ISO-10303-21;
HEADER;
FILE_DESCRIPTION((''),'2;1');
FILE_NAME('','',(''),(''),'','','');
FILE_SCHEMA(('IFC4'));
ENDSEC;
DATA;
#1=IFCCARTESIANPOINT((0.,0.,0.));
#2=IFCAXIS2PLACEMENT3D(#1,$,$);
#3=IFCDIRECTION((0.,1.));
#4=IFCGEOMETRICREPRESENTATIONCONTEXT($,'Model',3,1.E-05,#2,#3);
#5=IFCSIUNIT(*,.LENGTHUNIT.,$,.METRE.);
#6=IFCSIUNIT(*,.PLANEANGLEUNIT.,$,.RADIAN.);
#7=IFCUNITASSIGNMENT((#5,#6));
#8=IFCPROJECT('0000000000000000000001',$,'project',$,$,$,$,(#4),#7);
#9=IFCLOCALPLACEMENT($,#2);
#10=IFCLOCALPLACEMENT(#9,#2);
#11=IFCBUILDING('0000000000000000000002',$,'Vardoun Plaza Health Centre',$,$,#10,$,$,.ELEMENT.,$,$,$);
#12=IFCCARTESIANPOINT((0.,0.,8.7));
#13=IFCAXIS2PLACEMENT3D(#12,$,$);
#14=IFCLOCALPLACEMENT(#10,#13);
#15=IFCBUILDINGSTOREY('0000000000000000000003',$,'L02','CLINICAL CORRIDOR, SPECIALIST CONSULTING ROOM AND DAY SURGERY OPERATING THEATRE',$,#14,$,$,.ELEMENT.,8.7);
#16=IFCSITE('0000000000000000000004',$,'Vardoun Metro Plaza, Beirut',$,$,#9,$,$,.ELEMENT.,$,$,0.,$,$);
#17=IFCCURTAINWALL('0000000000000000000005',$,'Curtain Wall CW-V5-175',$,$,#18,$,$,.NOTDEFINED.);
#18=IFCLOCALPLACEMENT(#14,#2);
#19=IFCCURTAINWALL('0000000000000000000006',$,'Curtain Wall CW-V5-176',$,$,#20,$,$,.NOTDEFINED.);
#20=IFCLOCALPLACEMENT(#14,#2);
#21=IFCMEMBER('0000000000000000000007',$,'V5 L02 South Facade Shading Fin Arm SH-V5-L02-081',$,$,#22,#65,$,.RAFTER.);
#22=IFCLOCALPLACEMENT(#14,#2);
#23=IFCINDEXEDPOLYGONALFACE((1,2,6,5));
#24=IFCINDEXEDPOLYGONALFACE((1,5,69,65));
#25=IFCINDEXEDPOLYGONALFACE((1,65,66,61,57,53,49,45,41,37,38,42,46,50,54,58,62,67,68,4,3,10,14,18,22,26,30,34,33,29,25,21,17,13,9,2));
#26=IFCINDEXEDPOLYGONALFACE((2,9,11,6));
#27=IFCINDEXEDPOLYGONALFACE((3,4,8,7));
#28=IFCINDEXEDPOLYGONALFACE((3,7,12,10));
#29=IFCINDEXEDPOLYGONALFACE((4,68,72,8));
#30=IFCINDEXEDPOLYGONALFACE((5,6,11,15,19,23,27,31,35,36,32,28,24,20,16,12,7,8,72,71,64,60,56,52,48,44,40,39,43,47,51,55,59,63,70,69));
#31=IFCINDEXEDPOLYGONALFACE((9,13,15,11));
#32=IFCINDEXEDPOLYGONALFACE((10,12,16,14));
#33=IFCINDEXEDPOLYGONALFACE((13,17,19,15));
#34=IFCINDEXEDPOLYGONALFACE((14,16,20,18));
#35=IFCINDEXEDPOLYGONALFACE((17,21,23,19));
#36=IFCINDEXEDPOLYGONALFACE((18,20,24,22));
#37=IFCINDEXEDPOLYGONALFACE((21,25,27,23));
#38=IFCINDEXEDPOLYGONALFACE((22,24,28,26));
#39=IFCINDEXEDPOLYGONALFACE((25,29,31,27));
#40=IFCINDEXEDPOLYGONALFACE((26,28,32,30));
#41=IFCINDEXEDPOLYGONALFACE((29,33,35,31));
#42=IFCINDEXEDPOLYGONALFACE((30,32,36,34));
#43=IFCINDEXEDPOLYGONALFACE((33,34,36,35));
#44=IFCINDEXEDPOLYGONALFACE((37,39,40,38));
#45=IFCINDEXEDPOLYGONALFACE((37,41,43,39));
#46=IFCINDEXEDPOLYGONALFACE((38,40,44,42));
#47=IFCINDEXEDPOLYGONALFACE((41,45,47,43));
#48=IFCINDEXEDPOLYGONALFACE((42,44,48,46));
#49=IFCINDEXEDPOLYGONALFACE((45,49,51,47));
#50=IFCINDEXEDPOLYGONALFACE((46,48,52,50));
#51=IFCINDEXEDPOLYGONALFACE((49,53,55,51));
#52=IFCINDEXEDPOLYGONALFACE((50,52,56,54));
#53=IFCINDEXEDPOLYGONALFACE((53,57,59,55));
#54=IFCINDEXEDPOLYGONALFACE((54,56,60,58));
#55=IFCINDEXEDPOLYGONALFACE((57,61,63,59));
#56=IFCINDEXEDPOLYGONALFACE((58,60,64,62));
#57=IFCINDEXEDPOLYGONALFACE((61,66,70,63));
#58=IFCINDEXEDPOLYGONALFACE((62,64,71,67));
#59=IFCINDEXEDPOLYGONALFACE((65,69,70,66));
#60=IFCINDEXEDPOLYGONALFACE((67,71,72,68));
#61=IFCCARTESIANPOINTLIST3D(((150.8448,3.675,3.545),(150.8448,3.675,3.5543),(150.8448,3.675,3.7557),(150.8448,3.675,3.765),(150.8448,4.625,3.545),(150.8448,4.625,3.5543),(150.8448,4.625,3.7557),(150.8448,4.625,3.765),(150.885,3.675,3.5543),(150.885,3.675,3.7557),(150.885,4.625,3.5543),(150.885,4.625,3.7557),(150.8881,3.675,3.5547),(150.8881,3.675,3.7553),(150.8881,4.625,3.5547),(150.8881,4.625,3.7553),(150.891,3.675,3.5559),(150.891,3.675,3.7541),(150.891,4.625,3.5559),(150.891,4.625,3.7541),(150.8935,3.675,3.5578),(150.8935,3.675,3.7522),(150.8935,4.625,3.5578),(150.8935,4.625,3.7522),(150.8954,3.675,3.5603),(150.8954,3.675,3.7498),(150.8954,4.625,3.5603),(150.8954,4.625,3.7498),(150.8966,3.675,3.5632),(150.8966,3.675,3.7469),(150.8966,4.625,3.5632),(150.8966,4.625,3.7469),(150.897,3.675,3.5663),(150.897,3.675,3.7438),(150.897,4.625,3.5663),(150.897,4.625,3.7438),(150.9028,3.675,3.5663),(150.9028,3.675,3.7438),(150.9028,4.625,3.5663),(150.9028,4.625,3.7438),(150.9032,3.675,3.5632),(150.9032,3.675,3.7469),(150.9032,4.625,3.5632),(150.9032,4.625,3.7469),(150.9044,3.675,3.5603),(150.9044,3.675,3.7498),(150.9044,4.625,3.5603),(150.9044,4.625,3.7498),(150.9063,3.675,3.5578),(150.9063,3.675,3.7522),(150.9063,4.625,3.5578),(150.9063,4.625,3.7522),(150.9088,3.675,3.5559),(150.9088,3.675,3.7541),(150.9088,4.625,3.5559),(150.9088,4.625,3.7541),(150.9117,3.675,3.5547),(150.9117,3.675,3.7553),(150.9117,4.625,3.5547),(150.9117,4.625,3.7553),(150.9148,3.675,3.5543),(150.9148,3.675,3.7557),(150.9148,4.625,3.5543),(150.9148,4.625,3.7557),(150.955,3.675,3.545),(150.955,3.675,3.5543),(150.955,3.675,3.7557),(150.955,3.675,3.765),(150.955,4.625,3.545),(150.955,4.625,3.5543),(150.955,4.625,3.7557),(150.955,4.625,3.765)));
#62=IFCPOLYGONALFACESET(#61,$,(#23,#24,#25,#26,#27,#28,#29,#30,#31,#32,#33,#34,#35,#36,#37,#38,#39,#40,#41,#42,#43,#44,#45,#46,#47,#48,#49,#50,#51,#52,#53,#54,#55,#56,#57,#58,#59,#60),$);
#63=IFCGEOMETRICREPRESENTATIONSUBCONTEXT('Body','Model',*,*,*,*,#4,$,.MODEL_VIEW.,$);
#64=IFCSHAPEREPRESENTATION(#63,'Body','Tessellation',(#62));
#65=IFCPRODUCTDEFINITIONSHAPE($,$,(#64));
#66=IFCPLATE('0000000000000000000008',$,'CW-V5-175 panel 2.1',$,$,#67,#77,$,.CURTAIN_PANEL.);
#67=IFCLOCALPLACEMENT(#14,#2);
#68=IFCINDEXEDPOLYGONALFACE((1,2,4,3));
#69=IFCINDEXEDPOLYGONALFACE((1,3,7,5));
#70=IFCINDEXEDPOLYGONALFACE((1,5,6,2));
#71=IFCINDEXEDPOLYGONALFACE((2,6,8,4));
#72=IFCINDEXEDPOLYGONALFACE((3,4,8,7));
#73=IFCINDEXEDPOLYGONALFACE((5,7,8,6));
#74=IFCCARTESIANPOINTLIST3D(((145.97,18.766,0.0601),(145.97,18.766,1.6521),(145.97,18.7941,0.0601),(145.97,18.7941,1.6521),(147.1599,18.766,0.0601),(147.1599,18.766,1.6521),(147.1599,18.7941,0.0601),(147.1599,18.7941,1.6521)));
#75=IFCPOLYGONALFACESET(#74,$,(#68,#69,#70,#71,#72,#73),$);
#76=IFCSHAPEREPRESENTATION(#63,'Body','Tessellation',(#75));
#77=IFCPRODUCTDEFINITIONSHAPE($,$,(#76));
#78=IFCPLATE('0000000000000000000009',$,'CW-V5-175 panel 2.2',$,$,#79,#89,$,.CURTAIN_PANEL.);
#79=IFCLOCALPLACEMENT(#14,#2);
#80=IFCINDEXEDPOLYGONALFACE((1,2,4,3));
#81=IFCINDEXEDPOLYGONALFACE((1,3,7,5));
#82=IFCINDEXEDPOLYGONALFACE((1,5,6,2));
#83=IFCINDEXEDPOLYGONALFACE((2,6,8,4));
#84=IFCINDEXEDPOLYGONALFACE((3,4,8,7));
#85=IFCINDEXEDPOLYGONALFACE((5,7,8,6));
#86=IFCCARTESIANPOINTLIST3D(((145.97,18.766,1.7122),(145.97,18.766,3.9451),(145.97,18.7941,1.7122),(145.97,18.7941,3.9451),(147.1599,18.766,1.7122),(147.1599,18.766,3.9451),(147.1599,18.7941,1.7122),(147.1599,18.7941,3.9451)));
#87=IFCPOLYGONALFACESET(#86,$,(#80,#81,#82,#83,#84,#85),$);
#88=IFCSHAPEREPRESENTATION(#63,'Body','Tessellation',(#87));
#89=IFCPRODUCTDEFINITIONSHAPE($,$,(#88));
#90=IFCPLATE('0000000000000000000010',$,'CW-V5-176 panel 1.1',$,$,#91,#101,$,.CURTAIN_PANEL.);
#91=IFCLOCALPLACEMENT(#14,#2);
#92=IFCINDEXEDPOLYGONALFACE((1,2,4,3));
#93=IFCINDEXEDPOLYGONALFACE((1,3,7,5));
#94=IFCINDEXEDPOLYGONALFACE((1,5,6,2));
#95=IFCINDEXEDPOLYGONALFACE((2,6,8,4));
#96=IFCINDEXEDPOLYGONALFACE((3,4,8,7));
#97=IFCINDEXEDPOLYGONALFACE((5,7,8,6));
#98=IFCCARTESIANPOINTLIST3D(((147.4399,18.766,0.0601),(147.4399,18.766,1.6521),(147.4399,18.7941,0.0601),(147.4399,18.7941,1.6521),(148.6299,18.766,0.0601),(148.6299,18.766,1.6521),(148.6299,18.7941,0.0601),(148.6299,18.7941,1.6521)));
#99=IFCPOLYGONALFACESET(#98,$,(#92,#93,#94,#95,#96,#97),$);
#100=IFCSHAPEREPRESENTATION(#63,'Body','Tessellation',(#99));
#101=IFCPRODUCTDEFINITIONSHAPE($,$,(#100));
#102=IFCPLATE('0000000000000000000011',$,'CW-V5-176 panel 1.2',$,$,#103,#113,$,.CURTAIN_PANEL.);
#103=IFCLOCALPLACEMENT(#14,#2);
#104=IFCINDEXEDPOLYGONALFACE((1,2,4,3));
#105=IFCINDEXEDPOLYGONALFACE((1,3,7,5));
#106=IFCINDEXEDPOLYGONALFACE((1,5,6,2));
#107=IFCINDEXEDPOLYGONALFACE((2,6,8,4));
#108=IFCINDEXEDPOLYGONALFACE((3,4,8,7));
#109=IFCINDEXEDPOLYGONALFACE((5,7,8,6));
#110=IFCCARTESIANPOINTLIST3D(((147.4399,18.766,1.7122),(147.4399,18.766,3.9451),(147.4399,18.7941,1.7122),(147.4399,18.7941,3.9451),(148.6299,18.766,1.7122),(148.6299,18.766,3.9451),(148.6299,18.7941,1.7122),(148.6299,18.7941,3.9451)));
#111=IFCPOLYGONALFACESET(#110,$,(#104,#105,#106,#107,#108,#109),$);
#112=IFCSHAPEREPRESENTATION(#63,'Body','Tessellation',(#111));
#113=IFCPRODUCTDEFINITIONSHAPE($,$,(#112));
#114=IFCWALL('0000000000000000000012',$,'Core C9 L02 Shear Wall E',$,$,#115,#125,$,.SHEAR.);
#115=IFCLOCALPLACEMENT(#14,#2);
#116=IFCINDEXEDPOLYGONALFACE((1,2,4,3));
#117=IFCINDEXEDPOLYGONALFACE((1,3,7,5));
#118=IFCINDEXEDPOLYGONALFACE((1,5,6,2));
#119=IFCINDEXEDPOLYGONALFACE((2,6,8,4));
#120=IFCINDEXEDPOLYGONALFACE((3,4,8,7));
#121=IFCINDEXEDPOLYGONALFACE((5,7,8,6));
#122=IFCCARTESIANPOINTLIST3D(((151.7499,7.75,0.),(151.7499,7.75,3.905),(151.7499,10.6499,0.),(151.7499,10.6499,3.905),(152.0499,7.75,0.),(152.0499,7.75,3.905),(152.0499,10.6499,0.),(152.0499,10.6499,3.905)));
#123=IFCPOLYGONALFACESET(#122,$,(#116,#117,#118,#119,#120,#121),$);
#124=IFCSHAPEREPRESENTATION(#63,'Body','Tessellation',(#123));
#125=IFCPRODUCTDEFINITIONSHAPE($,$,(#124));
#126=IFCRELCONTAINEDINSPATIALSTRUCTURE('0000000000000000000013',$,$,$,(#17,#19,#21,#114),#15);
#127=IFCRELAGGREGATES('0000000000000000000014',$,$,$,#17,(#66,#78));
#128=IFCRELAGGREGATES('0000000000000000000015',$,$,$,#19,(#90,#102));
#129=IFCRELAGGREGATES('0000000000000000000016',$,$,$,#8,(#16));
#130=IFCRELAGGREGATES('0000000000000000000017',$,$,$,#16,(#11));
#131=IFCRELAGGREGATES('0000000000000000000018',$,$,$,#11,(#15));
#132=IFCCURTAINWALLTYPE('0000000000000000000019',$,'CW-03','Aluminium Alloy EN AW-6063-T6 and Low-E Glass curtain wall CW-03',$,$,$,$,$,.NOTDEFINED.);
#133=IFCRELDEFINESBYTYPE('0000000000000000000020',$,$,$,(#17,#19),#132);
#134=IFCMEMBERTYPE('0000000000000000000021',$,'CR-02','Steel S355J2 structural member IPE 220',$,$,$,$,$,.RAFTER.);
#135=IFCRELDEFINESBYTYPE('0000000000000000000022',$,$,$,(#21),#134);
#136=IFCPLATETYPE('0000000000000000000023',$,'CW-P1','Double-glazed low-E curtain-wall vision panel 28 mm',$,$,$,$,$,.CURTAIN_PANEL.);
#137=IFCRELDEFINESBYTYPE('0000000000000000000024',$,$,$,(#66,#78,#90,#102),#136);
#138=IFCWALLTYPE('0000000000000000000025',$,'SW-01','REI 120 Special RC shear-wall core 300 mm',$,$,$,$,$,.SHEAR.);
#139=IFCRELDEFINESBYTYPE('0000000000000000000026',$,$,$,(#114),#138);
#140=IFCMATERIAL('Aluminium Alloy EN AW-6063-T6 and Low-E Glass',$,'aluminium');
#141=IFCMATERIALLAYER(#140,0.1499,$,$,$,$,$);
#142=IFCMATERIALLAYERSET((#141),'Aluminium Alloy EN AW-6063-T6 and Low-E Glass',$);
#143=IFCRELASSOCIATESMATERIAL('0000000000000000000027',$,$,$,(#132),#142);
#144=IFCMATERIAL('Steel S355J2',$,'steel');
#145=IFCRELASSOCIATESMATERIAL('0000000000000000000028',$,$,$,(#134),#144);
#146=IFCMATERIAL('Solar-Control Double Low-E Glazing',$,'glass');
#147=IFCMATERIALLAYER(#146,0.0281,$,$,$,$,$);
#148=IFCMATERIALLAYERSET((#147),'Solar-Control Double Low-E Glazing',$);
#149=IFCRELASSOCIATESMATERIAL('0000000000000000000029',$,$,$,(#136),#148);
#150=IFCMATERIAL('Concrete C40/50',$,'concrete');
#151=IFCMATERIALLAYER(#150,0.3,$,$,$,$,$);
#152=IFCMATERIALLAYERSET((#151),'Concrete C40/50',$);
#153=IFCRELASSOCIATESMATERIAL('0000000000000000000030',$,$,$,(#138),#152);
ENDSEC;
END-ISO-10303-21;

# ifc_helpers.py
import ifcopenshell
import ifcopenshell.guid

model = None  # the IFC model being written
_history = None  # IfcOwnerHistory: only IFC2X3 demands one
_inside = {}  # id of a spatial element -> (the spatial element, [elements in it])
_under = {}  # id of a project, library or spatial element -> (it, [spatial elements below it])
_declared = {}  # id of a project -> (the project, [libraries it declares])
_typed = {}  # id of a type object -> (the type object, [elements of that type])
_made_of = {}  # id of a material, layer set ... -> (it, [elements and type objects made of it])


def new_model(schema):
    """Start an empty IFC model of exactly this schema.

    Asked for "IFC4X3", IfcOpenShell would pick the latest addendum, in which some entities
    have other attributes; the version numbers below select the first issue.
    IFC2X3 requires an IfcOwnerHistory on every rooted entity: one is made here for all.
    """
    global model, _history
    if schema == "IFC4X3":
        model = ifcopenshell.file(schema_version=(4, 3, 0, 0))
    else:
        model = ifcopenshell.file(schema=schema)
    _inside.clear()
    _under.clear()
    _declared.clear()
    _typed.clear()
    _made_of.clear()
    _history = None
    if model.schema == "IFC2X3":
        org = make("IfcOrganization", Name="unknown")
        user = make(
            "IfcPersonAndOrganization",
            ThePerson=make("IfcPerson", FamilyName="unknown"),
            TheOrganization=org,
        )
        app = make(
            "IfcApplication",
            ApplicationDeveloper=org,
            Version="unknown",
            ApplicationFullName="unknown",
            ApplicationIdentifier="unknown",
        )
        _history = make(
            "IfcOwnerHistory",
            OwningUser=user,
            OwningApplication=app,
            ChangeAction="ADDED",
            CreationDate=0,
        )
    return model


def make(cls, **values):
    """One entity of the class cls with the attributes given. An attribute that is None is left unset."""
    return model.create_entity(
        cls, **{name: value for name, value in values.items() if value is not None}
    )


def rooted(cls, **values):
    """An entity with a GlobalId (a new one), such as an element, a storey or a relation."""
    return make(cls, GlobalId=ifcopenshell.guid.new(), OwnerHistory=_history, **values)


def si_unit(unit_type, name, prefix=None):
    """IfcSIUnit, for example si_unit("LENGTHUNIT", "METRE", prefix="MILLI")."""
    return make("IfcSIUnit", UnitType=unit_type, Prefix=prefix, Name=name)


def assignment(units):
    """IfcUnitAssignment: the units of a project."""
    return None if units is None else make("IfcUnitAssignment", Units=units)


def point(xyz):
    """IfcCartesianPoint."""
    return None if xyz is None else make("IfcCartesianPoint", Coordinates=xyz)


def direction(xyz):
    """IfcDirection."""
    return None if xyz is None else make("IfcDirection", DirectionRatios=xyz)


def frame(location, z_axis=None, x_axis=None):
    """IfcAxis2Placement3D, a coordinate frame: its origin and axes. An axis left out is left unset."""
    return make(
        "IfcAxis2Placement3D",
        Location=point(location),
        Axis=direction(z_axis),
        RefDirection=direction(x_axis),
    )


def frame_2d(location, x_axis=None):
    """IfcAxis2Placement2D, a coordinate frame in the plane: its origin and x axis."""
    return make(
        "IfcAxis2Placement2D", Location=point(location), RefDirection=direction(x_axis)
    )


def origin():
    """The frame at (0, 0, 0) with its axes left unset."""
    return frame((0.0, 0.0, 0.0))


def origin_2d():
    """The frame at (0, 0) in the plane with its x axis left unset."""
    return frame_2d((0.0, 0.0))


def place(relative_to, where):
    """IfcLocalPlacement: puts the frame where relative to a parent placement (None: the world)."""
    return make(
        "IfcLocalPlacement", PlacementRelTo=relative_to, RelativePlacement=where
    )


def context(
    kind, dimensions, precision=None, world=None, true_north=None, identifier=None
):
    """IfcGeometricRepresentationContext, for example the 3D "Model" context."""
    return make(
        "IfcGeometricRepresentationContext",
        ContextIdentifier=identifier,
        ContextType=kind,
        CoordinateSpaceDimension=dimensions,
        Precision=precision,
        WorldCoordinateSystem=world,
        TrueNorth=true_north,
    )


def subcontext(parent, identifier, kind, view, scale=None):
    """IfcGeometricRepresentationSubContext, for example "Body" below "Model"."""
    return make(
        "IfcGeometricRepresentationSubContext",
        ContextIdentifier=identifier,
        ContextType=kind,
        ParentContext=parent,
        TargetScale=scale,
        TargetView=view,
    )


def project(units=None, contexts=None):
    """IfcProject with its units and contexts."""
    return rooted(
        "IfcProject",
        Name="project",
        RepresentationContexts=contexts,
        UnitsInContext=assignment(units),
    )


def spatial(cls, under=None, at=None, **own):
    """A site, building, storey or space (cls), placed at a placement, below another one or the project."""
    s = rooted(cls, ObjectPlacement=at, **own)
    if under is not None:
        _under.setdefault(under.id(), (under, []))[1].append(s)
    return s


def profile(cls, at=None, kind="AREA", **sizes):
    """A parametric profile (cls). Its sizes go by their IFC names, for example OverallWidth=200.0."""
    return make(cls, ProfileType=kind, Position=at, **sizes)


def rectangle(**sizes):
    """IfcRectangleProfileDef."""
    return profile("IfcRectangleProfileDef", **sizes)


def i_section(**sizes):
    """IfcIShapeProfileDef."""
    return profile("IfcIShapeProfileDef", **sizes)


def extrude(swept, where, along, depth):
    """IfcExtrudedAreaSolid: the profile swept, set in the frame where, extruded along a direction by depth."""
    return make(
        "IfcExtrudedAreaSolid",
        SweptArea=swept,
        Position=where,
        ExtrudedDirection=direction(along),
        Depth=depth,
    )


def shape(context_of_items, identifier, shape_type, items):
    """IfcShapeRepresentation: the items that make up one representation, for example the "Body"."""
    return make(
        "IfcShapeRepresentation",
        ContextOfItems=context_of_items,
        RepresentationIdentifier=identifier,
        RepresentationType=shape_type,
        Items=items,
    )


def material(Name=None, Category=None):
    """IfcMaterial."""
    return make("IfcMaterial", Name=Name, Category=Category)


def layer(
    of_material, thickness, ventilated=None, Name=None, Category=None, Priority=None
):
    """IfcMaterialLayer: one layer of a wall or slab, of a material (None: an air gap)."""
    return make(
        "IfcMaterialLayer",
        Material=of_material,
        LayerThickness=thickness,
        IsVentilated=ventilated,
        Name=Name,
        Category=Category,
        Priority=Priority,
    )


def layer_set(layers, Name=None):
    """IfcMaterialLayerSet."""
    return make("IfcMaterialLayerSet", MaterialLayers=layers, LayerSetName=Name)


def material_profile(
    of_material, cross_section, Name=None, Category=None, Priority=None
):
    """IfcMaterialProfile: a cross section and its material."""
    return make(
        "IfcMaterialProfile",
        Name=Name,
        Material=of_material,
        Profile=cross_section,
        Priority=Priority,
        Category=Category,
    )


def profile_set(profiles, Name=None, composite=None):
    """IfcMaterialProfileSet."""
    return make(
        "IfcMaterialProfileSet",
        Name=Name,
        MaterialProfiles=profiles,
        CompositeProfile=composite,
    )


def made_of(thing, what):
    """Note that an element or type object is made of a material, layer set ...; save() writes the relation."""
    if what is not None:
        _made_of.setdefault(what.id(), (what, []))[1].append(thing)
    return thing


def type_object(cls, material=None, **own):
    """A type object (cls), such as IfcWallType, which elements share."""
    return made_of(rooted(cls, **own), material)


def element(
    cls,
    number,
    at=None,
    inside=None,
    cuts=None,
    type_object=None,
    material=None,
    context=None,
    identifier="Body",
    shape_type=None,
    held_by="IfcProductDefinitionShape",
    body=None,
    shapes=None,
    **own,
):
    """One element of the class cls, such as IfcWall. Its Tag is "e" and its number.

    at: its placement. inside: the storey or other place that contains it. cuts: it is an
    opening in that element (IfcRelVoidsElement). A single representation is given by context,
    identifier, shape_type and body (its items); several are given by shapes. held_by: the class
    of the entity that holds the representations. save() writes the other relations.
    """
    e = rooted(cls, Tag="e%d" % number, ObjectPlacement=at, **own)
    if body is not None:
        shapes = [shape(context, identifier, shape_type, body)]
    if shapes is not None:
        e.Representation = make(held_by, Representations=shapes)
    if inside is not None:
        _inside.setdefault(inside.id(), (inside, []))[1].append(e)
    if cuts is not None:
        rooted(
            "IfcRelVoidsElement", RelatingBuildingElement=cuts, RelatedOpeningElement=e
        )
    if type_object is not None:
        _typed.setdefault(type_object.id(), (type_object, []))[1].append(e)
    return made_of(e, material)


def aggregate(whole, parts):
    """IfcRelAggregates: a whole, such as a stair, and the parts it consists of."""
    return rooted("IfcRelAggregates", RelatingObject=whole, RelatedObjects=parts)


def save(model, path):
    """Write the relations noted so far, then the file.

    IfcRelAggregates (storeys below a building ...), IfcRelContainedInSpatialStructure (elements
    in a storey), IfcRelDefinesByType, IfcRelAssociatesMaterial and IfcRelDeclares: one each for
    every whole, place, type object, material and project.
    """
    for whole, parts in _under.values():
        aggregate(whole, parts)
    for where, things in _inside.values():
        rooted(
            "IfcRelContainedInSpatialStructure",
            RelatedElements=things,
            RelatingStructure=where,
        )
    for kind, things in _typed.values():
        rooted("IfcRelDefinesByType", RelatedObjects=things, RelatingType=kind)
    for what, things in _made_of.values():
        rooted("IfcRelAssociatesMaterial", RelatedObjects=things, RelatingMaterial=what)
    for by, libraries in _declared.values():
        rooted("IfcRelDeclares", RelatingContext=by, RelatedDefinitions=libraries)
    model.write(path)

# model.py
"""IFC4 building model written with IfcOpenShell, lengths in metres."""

from ifc_helpers import new_model, si_unit, direction, frame, frame_2d, origin, origin_2d, place, context, subcontext, project, spatial, rectangle, i_section, extrude, material, layer, layer_set, material_profile, profile_set, type_object, element, aggregate, save


model = new_model("IFC4")

# Units and contexts
model_context = context("Model", 3, precision=1e-05, world=origin(), true_north=direction((0.0, 1.0)))
body_context = subcontext(model_context, "Body", "Model", "MODEL_VIEW")
ifc_project = project(units=[si_unit("LENGTHUNIT", "METRE"), si_unit("PLANEANGLEUNIT", "RADIAN")], contexts=[model_context])

# Site, building, storey
site_placement = place(None, origin())
site = spatial("IfcSite", under=ifc_project, at=site_placement, Name="Vardoun Metro Plaza, Beirut", CompositionType="ELEMENT", RefElevation=0.0)
building_placement = place(site_placement, origin())
building = spatial("IfcBuilding", under=site, at=building_placement, Name="Vardoun Plaza Health Centre", CompositionType="ELEMENT")
storey_placement = place(building_placement, frame((0.0, 0.0, 8.7)))
storey = spatial("IfcBuildingStorey", under=building, at=storey_placement, Name="L02", Description="CLINICAL CORRIDOR, SPECIALIST CONSULTING ROOM AND DAY SURGERY OPERATING THEATRE", CompositionType="ELEMENT", Elevation=8.7)

# Curtain wall
ifc_material_1 = material(Name="Aluminium Alloy EN AW-6063-T6 and Low-E Glass", Category="aluminium")
ifc_layer_1 = layer(ifc_material_1, 0.1499)
ifc_layer_set_1 = layer_set([ifc_layer_1], Name="Aluminium Alloy EN AW-6063-T6 and Low-E Glass")
curtain_wall_type = type_object("IfcCurtainWallType", Name="CW-03", Description="Aluminium Alloy EN AW-6063-T6 and Low-E Glass curtain wall CW-03", PredefinedType="NOTDEFINED", material=ifc_layer_set_1)
curtain_wall_1_placement = place(storey_placement, origin())
curtain_wall_1 = element("IfcCurtainWall", 1, at=curtain_wall_1_placement, inside=storey, type_object=curtain_wall_type, Name="Curtain Wall CW-V5-175", PredefinedType="NOTDEFINED")

# Curtain wall
curtain_wall_2_placement = place(storey_placement, origin())
curtain_wall_2 = element("IfcCurtainWall", 2, at=curtain_wall_2_placement, inside=storey, type_object=curtain_wall_type, Name="Curtain Wall CW-V5-176", PredefinedType="NOTDEFINED")

# Member
ifc_material_2 = material(Name="Steel S355J2", Category="steel")
ifc_material_profile_1 = material_profile(ifc_material_2, i_section(OverallWidth=0.1101, OverallDepth=0.22, WebThickness=0.0059, FlangeThickness=0.0093, FilletRadius=0.012, at=origin_2d()), Name="IPE 220")
ifc_profile_set_1 = profile_set([ifc_material_profile_1], Name="Steel S355J2")
member_type_1 = type_object("IfcMemberType", Name="CR-02", Description="Steel S355J2 structural member IPE 220", PredefinedType="RAFTER", material=ifc_profile_set_1)
member_1_placement = place(storey_placement, frame((150.8999, 4.625, 3.655), z_axis=(0.0, -1.0, 0.0), x_axis=(1.0, 0.0, 0.0)))
element("IfcMember", 3, at=member_1_placement, inside=storey, type_object=member_type_1, Name="V5 L02 South Facade Shading Fin Arm SH-V5-L02-081", PredefinedType="RAFTER", context=body_context, shape_type="SweptSolid", body=[
    extrude(i_section(OverallWidth=0.1101, OverallDepth=0.22, WebThickness=0.0059, FlangeThickness=0.0093, FilletRadius=0.012, at=origin_2d()), origin(), (0.0, 0.0, 1.0), 0.95),
])

# Plates
ifc_material_3 = material(Name="Solar-Control Double Low-E Glazing", Category="glass")
ifc_layer_2 = layer(ifc_material_3, 0.0281)
ifc_layer_set_2 = layer_set([ifc_layer_2], Name="Solar-Control Double Low-E Glazing")
plate_type = type_object("IfcPlateType", Name="CW-P1", Description="Double-glazed low-E curtain-wall vision panel 28 mm", PredefinedType="CURTAIN_PANEL", material=ifc_layer_set_2)
plate_1_placement = place(storey_placement, frame((146.5649, 18.78, 0.0601), z_axis=(0.0, 0.0, 1.0), x_axis=(1.0, 0.0, 0.0)))
plate_1 = element("IfcPlate", 4, at=plate_1_placement, type_object=plate_type, Name="CW-V5-175 panel 2.1", PredefinedType="CURTAIN_PANEL", context=body_context, shape_type="SweptSolid", body=[
    extrude(rectangle(XDim=1.1899, YDim=0.0281, at=origin_2d()), origin(), (0.0, 0.0, 1.0), 1.592),
])
plate_2_placement = place(storey_placement, frame((146.5649, 18.78, 1.7122), z_axis=(0.0, 0.0, 1.0), x_axis=(1.0, 0.0, 0.0)))
plate_2 = element("IfcPlate", 5, at=plate_2_placement, type_object=plate_type, Name="CW-V5-175 panel 2.2", PredefinedType="CURTAIN_PANEL", context=body_context, shape_type="SweptSolid", body=[
    extrude(rectangle(XDim=1.1899, YDim=0.0281, at=origin_2d()), origin(), (0.0, 0.0, 1.0), 2.2329),
])
aggregate(curtain_wall_1, [plate_1, plate_2])
plate_3_placement = place(storey_placement, frame((148.0349, 18.78, 0.0601), z_axis=(0.0, 0.0, 1.0), x_axis=(1.0, 0.0, 0.0)))
plate_3 = element("IfcPlate", 6, at=plate_3_placement, type_object=plate_type, Name="CW-V5-176 panel 1.1", PredefinedType="CURTAIN_PANEL", context=body_context, shape_type="SweptSolid", body=[
    extrude(rectangle(XDim=1.1899, YDim=0.0281, at=origin_2d()), origin(), (0.0, 0.0, 1.0), 1.592),
])
plate_4_placement = place(storey_placement, frame((148.0349, 18.78, 1.7122), z_axis=(0.0, 0.0, 1.0), x_axis=(1.0, 0.0, 0.0)))
plate_4 = element("IfcPlate", 7, at=plate_4_placement, type_object=plate_type, Name="CW-V5-176 panel 1.2", PredefinedType="CURTAIN_PANEL", context=body_context, shape_type="SweptSolid", body=[
    extrude(rectangle(XDim=1.1899, YDim=0.0281, at=origin_2d()), origin(), (0.0, 0.0, 1.0), 2.2329),
])
aggregate(curtain_wall_2, [plate_3, plate_4])

# Wall
ifc_material_4 = material(Name="Concrete C40/50", Category="concrete")
ifc_layer_3 = layer(ifc_material_4, 0.3)
ifc_layer_set_3 = layer_set([ifc_layer_3], Name="Concrete C40/50")
wall_type_1 = type_object("IfcWallType", Name="SW-01", Description="REI 120 Special RC shear-wall core 300 mm", PredefinedType="SHEAR", material=ifc_layer_set_3)
wall_1_placement = place(storey_placement, frame((151.8999, 10.6499, 0.0), z_axis=(0.0, 0.0, 1.0), x_axis=(0.0, -1.0, 0.0)))
element("IfcWall", 8, at=wall_1_placement, inside=storey, type_object=wall_type_1, Name="Core C9 L02 Shear Wall E", PredefinedType="SHEAR", context=body_context, shape_type="SweptSolid", body=[
    extrude(rectangle(XDim=2.8999, YDim=0.3, at=frame_2d((1.45, 0.0))), origin(), (0.0, 0.0, 1.0), 3.905),
])

save(model, "model.ifc")
